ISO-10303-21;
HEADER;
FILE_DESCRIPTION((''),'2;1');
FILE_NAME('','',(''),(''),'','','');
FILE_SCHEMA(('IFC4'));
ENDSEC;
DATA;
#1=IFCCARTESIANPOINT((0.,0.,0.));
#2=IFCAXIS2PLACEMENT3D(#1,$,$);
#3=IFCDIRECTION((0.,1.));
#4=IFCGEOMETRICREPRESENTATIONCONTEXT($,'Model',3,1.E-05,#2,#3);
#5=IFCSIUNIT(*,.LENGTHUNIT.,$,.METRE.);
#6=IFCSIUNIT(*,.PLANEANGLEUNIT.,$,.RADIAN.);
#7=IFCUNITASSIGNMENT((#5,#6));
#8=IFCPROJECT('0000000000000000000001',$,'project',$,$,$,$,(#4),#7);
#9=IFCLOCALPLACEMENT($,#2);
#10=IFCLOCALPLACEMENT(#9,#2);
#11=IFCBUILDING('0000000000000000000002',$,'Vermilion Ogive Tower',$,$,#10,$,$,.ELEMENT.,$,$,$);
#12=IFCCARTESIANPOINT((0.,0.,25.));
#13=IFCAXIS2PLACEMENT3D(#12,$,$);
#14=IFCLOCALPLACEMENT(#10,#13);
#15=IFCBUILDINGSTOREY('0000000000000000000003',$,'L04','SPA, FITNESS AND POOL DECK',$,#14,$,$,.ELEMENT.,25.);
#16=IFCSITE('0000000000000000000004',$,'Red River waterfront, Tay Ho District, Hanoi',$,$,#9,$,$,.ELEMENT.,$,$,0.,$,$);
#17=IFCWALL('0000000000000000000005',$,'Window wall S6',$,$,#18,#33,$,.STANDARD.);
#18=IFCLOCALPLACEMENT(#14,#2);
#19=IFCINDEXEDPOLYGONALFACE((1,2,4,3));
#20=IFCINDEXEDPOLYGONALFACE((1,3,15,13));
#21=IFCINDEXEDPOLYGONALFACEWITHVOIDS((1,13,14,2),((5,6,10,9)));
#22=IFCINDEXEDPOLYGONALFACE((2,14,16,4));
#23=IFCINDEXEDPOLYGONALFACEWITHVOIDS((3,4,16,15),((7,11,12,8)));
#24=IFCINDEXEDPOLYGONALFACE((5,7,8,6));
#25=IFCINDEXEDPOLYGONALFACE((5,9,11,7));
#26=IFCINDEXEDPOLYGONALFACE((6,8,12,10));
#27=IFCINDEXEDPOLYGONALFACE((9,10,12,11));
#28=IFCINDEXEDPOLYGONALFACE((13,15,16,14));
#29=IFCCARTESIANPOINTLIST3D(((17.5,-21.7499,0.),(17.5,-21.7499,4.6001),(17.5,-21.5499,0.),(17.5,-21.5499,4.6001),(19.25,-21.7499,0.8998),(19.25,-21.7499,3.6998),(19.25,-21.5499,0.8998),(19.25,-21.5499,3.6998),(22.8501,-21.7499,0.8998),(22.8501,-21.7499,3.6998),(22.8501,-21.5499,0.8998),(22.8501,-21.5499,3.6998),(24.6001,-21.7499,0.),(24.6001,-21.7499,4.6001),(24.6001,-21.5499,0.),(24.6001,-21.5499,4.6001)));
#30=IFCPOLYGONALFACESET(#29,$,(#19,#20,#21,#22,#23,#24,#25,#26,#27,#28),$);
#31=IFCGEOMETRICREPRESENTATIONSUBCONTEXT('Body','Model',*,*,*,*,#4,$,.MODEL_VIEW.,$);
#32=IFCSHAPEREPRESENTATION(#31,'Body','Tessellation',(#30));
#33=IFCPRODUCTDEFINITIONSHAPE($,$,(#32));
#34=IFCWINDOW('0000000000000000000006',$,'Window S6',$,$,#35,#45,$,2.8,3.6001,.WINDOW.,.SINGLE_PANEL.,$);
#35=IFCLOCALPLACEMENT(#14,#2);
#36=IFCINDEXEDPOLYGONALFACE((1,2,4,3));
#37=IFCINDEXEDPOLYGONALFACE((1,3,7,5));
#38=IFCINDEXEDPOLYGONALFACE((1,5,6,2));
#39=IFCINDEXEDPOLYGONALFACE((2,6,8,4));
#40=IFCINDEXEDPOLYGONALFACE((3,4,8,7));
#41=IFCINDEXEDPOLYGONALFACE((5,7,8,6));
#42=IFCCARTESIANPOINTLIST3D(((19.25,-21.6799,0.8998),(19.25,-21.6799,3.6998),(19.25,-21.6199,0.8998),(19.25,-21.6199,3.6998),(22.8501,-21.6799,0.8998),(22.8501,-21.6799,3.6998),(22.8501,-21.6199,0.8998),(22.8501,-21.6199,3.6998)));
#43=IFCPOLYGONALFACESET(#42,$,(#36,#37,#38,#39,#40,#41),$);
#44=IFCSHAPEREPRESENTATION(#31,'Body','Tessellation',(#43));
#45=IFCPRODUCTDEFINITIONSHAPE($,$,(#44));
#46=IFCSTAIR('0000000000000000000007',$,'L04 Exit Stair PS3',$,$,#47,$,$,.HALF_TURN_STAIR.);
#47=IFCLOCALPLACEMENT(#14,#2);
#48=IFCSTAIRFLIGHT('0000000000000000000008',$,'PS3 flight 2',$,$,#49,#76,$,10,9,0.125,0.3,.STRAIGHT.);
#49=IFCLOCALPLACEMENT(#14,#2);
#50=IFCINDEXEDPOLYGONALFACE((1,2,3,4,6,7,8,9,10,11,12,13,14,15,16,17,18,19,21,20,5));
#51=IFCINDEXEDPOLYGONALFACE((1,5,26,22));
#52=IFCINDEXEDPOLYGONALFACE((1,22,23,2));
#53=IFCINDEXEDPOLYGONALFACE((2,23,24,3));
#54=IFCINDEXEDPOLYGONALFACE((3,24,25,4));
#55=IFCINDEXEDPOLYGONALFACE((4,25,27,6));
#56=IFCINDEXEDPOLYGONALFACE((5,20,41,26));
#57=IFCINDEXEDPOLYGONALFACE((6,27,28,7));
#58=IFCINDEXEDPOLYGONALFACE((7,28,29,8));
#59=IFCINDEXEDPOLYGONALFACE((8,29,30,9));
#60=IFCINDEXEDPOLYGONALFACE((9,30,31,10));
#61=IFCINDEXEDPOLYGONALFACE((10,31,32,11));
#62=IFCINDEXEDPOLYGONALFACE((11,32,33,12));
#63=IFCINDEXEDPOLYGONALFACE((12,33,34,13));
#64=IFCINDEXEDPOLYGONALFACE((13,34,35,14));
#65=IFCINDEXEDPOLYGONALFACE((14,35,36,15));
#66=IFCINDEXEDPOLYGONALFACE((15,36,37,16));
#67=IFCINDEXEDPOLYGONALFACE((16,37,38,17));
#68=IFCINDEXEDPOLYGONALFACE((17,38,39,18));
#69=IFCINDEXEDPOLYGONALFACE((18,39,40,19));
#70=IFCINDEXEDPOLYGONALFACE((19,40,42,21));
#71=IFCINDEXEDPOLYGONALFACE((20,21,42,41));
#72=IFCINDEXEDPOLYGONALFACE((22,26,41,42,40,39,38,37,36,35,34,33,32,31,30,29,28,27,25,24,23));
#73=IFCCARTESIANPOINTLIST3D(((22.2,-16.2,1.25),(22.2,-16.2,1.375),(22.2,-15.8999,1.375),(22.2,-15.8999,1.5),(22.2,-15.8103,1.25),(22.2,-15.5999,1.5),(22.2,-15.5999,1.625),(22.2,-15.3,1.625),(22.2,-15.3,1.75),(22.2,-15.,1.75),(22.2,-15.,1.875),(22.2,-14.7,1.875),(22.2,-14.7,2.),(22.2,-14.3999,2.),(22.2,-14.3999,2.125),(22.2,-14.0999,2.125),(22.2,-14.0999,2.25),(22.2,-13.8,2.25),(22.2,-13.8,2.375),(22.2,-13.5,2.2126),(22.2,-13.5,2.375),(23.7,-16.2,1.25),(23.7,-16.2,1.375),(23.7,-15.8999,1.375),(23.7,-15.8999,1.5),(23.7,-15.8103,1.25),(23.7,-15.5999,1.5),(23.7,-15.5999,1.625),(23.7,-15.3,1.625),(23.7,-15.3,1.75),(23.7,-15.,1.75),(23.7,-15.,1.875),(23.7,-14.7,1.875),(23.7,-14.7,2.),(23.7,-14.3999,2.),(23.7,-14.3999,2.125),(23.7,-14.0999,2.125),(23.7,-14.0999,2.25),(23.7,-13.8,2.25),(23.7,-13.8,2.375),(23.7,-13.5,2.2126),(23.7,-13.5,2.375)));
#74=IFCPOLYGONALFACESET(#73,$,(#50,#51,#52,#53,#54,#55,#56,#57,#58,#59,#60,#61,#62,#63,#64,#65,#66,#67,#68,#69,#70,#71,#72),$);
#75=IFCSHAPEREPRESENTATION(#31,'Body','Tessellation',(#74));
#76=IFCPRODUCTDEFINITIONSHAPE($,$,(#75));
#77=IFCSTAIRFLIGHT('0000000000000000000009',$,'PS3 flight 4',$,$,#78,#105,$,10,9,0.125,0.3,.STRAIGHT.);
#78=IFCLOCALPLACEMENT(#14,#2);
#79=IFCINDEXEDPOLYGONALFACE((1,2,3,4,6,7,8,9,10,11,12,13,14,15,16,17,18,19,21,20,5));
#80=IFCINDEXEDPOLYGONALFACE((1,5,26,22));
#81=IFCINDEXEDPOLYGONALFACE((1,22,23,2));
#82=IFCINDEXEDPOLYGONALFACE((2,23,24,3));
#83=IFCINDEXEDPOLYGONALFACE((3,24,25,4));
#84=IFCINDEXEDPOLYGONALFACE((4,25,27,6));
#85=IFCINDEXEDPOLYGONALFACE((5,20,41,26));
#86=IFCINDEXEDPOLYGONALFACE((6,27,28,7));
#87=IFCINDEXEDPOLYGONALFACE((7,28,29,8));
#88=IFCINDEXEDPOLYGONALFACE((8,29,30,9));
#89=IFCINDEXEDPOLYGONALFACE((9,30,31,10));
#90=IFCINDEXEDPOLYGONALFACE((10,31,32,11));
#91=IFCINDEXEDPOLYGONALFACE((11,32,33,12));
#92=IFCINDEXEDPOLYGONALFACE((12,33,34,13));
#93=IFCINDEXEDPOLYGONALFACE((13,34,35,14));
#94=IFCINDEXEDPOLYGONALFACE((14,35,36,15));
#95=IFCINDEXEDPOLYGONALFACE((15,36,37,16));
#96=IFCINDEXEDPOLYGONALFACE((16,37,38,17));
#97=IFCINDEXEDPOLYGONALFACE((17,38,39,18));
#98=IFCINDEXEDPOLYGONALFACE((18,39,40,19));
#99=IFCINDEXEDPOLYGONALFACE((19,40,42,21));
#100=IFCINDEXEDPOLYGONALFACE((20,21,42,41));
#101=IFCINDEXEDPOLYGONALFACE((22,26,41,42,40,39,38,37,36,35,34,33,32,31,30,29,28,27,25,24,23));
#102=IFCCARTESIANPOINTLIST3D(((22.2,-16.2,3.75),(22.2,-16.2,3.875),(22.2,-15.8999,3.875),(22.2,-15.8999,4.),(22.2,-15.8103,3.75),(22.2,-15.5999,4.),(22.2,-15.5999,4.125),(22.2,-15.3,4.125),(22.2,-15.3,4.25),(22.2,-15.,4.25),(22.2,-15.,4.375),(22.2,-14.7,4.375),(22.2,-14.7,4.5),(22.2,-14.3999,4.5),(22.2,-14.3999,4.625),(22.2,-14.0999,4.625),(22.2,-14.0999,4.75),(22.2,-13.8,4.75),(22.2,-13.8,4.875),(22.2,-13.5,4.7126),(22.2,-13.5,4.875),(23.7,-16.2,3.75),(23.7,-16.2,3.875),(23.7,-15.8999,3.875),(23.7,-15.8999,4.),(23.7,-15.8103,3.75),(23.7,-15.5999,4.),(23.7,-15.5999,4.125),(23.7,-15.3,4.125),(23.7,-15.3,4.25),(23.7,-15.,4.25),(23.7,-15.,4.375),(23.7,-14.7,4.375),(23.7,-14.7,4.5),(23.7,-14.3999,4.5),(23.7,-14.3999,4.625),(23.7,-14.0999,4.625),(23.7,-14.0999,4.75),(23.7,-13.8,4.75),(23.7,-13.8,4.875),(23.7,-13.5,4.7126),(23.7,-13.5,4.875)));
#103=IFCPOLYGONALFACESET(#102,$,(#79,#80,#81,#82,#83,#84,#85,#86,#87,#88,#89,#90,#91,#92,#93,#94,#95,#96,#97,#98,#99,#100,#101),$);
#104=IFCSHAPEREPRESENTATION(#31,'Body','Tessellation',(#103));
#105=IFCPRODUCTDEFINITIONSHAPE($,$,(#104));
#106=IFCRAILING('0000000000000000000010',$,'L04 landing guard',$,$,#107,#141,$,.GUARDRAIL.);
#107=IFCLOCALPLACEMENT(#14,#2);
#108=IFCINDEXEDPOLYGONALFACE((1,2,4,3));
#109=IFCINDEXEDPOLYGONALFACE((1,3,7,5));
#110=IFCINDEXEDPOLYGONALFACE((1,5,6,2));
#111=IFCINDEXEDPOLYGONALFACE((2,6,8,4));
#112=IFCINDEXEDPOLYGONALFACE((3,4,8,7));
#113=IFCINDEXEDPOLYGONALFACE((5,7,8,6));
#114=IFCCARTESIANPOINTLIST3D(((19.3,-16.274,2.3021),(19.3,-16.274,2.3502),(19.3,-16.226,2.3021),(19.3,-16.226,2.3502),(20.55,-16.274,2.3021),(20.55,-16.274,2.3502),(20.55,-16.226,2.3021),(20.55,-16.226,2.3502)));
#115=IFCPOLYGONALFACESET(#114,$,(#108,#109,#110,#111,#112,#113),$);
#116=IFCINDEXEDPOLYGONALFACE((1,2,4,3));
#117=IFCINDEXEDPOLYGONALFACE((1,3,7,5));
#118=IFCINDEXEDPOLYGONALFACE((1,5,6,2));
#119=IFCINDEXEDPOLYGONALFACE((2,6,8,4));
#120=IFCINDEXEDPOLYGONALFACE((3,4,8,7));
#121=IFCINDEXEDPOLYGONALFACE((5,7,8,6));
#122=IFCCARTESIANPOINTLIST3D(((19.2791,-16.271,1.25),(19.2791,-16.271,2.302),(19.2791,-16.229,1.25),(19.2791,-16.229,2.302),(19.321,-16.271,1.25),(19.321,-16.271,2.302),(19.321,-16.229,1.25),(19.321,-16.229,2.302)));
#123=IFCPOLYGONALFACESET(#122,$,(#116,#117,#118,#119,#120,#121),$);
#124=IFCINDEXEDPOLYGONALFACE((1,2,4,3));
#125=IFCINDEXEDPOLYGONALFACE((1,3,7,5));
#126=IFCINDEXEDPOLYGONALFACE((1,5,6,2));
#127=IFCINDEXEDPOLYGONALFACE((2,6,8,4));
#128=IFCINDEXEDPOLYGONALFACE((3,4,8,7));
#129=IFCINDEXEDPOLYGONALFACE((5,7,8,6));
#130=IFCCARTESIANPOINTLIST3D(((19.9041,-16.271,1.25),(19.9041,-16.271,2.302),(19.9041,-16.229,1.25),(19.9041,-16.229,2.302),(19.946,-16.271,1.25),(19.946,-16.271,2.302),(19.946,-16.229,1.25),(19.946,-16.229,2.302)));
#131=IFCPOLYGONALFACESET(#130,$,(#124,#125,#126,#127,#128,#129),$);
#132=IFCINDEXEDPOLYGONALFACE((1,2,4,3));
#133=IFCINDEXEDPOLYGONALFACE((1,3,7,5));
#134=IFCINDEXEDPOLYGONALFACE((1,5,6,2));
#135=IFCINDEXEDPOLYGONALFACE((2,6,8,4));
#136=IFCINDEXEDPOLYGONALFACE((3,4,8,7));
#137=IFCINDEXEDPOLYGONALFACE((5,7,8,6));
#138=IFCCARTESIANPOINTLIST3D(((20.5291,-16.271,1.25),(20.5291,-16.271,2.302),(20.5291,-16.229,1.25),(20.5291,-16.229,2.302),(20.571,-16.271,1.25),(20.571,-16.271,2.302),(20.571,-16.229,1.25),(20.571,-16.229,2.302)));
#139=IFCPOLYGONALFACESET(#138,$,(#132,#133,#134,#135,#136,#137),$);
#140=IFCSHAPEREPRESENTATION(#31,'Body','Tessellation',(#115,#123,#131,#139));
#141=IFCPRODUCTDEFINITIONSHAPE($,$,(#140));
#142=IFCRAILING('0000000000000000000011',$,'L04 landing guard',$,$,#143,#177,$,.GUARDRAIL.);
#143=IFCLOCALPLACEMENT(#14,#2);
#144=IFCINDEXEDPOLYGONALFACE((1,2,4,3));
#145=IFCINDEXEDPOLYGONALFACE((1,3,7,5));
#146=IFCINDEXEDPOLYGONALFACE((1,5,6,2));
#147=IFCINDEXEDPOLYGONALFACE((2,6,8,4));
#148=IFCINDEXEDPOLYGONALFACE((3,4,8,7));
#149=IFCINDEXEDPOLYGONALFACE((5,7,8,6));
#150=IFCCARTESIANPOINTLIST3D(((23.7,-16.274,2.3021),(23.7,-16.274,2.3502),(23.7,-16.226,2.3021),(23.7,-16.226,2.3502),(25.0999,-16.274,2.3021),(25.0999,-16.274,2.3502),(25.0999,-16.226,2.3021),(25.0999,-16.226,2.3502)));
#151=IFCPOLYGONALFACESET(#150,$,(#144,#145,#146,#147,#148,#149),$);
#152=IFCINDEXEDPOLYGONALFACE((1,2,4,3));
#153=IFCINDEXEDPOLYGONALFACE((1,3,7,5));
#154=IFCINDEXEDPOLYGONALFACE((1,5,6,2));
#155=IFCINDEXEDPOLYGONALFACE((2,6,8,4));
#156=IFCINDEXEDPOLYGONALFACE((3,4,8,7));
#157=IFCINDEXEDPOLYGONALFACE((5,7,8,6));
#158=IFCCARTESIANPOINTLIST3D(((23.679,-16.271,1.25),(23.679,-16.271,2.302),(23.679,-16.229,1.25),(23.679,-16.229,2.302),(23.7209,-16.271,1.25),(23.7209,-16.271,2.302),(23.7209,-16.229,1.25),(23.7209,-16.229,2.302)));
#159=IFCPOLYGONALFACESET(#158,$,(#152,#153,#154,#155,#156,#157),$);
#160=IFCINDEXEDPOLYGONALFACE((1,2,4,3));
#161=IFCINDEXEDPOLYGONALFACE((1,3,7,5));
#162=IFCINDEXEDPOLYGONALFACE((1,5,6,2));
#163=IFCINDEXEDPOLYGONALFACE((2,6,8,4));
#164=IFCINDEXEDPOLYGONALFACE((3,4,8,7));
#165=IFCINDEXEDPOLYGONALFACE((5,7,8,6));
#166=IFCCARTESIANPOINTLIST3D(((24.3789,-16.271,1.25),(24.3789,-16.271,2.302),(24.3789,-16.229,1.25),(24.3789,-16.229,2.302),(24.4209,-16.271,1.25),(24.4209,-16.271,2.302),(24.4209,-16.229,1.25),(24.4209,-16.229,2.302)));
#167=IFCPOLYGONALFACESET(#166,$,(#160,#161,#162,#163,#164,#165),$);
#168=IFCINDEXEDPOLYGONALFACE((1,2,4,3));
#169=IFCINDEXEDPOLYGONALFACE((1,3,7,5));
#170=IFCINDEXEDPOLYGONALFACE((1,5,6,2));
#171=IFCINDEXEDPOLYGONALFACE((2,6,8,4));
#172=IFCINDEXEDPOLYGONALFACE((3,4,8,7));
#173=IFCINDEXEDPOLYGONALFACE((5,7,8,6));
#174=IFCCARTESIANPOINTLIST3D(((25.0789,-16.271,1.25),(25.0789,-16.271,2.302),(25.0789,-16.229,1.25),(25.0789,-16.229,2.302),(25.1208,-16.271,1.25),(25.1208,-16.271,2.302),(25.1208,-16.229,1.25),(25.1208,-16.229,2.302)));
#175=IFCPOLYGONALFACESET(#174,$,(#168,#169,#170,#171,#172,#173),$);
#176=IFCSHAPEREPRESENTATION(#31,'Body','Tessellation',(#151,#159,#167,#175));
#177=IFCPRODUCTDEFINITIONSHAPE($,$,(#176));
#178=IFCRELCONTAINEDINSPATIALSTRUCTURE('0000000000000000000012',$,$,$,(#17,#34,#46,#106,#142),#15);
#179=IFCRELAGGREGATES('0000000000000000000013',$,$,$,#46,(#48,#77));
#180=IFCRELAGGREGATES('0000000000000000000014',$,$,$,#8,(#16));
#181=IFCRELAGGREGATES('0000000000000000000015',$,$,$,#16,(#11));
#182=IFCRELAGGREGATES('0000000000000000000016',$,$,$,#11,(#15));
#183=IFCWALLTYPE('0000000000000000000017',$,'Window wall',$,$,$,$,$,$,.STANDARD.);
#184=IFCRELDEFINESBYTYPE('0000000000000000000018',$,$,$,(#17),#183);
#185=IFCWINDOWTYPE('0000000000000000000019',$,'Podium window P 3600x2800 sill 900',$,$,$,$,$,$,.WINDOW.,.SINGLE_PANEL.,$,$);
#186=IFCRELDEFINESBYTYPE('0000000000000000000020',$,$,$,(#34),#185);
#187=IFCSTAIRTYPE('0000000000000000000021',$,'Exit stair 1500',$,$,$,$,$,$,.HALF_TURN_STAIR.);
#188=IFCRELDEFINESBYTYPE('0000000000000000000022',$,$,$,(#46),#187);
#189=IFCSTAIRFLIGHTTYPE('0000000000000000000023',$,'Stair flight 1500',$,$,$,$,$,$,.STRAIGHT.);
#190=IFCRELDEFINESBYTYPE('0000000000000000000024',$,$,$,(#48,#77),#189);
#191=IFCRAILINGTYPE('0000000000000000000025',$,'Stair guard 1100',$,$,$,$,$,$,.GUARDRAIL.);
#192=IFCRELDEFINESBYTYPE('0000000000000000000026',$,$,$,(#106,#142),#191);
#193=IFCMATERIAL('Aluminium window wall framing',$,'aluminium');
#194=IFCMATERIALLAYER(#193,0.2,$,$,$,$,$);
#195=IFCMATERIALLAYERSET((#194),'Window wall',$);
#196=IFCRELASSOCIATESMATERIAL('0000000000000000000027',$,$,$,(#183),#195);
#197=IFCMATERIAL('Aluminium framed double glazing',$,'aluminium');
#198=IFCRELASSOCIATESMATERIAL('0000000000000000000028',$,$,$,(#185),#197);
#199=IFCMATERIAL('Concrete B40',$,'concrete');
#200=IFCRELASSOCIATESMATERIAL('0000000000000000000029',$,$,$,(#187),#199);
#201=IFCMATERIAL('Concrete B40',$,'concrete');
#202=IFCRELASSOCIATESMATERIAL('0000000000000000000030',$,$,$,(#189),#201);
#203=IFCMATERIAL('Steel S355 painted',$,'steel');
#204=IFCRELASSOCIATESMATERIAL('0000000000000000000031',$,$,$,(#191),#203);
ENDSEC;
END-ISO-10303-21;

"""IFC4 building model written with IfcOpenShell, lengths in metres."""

from ifc_helpers import new_model, si_unit, direction, frame, frame_2d, origin, origin_2d, place, context, subcontext, project, spatial, polyline, rectangle, outline, extrude, material, layer, layer_set, type_object, element, fill, aggregate, save


model = new_model("IFC4")

# Units and contexts
model_context = context("Model", 3, precision=1e-05, world=origin(), true_north=direction((0.0, 1.0)))
body_context = subcontext(model_context, "Body", "Model", "MODEL_VIEW")
ifc_project = project(units=[si_unit("LENGTHUNIT", "METRE"), si_unit("PLANEANGLEUNIT", "RADIAN")], contexts=[model_context])

# Site, building, storey
site_placement = place(None, origin())
site = spatial("IfcSite", under=ifc_project, at=site_placement, Name="Red River waterfront, Tay Ho District, Hanoi", CompositionType="ELEMENT", RefElevation=0.0)
building_placement = place(site_placement, origin())
building = spatial("IfcBuilding", under=site, at=building_placement, Name="Vermilion Ogive Tower", CompositionType="ELEMENT")
storey_placement = place(building_placement, frame((0.0, 0.0, 25.0)))
storey = spatial("IfcBuildingStorey", under=building, at=storey_placement, Name="L04", Description="SPA, FITNESS AND POOL DECK", CompositionType="ELEMENT", Elevation=25.0)

# Wall, opening, window
ifc_material_1 = material(Name="Aluminium window wall framing", Category="aluminium")
ifc_layer_1 = layer(ifc_material_1, 0.2)
ifc_layer_set_1 = layer_set([ifc_layer_1], Name="Window wall")
wall_type_1 = type_object("IfcWallType", Name="Window wall", PredefinedType="STANDARD", material=ifc_layer_set_1)
wall_1_placement = place(storey_placement, frame((17.5, -21.6499, 0.0), z_axis=(0.0, 0.0, 1.0), x_axis=(1.0, 0.0, 0.0)))
wall_1 = element("IfcWall", 1, at=wall_1_placement, inside=storey, type_object=wall_type_1, Name="Window wall S6", PredefinedType="STANDARD", context=body_context, shape_type="SweptSolid", body=[
    extrude(rectangle(XDim=7.1001, YDim=0.2, at=frame_2d((3.55, 0.0))), origin(), (0.0, 0.0, 1.0), 4.6001),
])
opening_1_placement = place(wall_1_placement, frame((1.75, 0.0, 0.8999)))
opening_1 = element("IfcOpeningElement", 2, at=opening_1_placement, cuts=wall_1, PredefinedType="OPENING", context=body_context, shape_type="SweptSolid", body=[
    extrude(rectangle(XDim=3.6001, YDim=2.8, at=frame_2d((1.8, 1.3999))), frame((0.0, 0.1099, 0.0), z_axis=(0.0, -1.0, 0.0), x_axis=(1.0, 0.0, 0.0)), (0.0, 0.0, 1.0), 0.22),
])
ifc_material_2 = material(Name="Aluminium framed double glazing", Category="aluminium")
window_type = type_object("IfcWindowType", Name="Podium window P 3600x2800 sill 900", PartitioningType="SINGLE_PANEL", PredefinedType="WINDOW", material=ifc_material_2)
window_placement = place(opening_1_placement, origin())
window = element("IfcWindow", 3, at=window_placement, inside=storey, type_object=window_type, Name="Window S6", OverallHeight=2.8, OverallWidth=3.6001, PartitioningType="SINGLE_PANEL", PredefinedType="WINDOW", context=body_context, shape_type="SweptSolid", body=[
    extrude(rectangle(XDim=3.6001, YDim=2.8, at=frame_2d((1.8, 1.3999))), frame((0.0, 0.03, 0.0), z_axis=(0.0, -1.0, 0.0), x_axis=(1.0, 0.0, 0.0)), (0.0, 0.0, 1.0), 0.0601),
])
fill(opening_1, window)

# Stair, stair flights
ifc_material_3 = material(Name="Concrete B40", Category="concrete")
stair_type = type_object("IfcStairType", Name="Exit stair 1500", PredefinedType="HALF_TURN_STAIR", material=ifc_material_3)
stair_placement = place(storey_placement, origin())
stair = element("IfcStair", 4, at=stair_placement, inside=storey, type_object=stair_type, Name="L04 Exit Stair PS3", PredefinedType="HALF_TURN_STAIR")
ifc_material_4 = material(Name="Concrete B40", Category="concrete")
stair_flight_type = type_object("IfcStairFlightType", Name="Stair flight 1500", PredefinedType="STRAIGHT", material=ifc_material_4)
stair_flight_1_placement = place(storey_placement, frame((22.95, -16.2, 1.25), z_axis=(0.0, 0.0, 1.0), x_axis=(0.0, 1.0, 0.0)))
stair_flight_1 = element("IfcStairFlight", 5, at=stair_flight_1_placement, type_object=stair_flight_type, Name="PS3 flight 2", NumberOfRisers=10, NumberOfTreads=9, PredefinedType="STRAIGHT", RiserHeight=0.125, TreadLength=0.3, context=body_context, shape_type="SweptSolid", body=[
    extrude(outline(polyline([(0.0, 0.0), (0.0, 0.125), (0.3, 0.125), (0.3, 0.25), (0.6001, 0.25), (0.6001, 0.375), (0.8999, 0.375), (0.8999, 0.5), (1.2, 0.5), (1.2, 0.625), (1.5, 0.625), (1.5, 0.75), (1.8, 0.75), (1.8, 0.875), (2.1001, 0.875), (2.1001, 1.0), (2.3999, 1.0), (2.3999, 1.125), (2.7, 1.125), (2.7, 1.25), (2.7, 0.9626), (0.3896, 0.0), (0.0, 0.0)])), frame((0.0, 0.75, 0.0), z_axis=(0.0, -1.0, 0.0), x_axis=(1.0, 0.0, 0.0)), (0.0, 0.0, 1.0), 1.5),
])
stair_flight_2_placement = place(storey_placement, frame((22.95, -16.2, 3.75), z_axis=(0.0, 0.0, 1.0), x_axis=(0.0, 1.0, 0.0)))
stair_flight_2 = element("IfcStairFlight", 6, at=stair_flight_2_placement, type_object=stair_flight_type, Name="PS3 flight 4", NumberOfRisers=10, NumberOfTreads=9, PredefinedType="STRAIGHT", RiserHeight=0.125, TreadLength=0.3, context=body_context, shape_type="SweptSolid", body=[
    extrude(outline(polyline([(0.0, 0.0), (0.0, 0.125), (0.3, 0.125), (0.3, 0.25), (0.6001, 0.25), (0.6001, 0.375), (0.8999, 0.375), (0.8999, 0.5), (1.2, 0.5), (1.2, 0.625), (1.5, 0.625), (1.5, 0.75), (1.8, 0.75), (1.8, 0.875), (2.1001, 0.875), (2.1001, 1.0), (2.3999, 1.0), (2.3999, 1.125), (2.7, 1.125), (2.7, 1.25), (2.7, 0.9626), (0.3896, 0.0), (0.0, 0.0)])), frame((0.0, 0.75, 0.0), z_axis=(0.0, -1.0, 0.0), x_axis=(1.0, 0.0, 0.0)), (0.0, 0.0, 1.0), 1.5),
])
aggregate(stair, [stair_flight_1, stair_flight_2])

# Railings
ifc_material_5 = material(Name="Steel S355 painted", Category="steel")
railing_type_1 = type_object("IfcRailingType", Name="Stair guard 1100", PredefinedType="GUARDRAIL", material=ifc_material_5)
railing_1_placement = place(storey_placement, frame((19.3, -16.25, 1.25)))
element("IfcRailing", 7, at=railing_1_placement, inside=storey, type_object=railing_type_1, Name="L04 landing guard", PredefinedType="GUARDRAIL", context=body_context, shape_type="SweptSolid", body=[
    extrude(rectangle(XDim=0.0481, YDim=0.0481, at=origin_2d()), frame((0.0, 0.0, 1.0762), z_axis=(1.0, 0.0, 0.0), x_axis=(0.0, 1.0, 0.0)), (0.0, 0.0, 1.0), 1.25),
    extrude(rectangle(XDim=0.042, YDim=0.042, at=origin_2d()), origin(), (0.0, 0.0, 1.0), 1.052),
    extrude(rectangle(XDim=0.042, YDim=0.042, at=origin_2d()), frame((0.625, 0.0, 0.0)), (0.0, 0.0, 1.0), 1.052),
    extrude(rectangle(XDim=0.042, YDim=0.042, at=origin_2d()), frame((1.25, 0.0, 0.0)), (0.0, 0.0, 1.0), 1.052),
])
railing_2_placement = place(storey_placement, frame((23.7, -16.25, 1.25)))
element("IfcRailing", 8, at=railing_2_placement, inside=storey, type_object=railing_type_1, Name="L04 landing guard", PredefinedType="GUARDRAIL", context=body_context, shape_type="SweptSolid", body=[
    extrude(rectangle(XDim=0.0481, YDim=0.0481, at=origin_2d()), frame((0.0, 0.0, 1.0762), z_axis=(1.0, 0.0, 0.0), x_axis=(0.0, 1.0, 0.0)), (0.0, 0.0, 1.0), 1.3999),
    extrude(rectangle(XDim=0.042, YDim=0.042, at=origin_2d()), origin(), (0.0, 0.0, 1.0), 1.052),
    extrude(rectangle(XDim=0.042, YDim=0.042, at=origin_2d()), frame((0.7, 0.0, 0.0)), (0.0, 0.0, 1.0), 1.052),
    extrude(rectangle(XDim=0.042, YDim=0.042, at=origin_2d()), frame((1.3999, 0.0, 0.0)), (0.0, 0.0, 1.0), 1.052),
])

save(model, "model.ifc")
